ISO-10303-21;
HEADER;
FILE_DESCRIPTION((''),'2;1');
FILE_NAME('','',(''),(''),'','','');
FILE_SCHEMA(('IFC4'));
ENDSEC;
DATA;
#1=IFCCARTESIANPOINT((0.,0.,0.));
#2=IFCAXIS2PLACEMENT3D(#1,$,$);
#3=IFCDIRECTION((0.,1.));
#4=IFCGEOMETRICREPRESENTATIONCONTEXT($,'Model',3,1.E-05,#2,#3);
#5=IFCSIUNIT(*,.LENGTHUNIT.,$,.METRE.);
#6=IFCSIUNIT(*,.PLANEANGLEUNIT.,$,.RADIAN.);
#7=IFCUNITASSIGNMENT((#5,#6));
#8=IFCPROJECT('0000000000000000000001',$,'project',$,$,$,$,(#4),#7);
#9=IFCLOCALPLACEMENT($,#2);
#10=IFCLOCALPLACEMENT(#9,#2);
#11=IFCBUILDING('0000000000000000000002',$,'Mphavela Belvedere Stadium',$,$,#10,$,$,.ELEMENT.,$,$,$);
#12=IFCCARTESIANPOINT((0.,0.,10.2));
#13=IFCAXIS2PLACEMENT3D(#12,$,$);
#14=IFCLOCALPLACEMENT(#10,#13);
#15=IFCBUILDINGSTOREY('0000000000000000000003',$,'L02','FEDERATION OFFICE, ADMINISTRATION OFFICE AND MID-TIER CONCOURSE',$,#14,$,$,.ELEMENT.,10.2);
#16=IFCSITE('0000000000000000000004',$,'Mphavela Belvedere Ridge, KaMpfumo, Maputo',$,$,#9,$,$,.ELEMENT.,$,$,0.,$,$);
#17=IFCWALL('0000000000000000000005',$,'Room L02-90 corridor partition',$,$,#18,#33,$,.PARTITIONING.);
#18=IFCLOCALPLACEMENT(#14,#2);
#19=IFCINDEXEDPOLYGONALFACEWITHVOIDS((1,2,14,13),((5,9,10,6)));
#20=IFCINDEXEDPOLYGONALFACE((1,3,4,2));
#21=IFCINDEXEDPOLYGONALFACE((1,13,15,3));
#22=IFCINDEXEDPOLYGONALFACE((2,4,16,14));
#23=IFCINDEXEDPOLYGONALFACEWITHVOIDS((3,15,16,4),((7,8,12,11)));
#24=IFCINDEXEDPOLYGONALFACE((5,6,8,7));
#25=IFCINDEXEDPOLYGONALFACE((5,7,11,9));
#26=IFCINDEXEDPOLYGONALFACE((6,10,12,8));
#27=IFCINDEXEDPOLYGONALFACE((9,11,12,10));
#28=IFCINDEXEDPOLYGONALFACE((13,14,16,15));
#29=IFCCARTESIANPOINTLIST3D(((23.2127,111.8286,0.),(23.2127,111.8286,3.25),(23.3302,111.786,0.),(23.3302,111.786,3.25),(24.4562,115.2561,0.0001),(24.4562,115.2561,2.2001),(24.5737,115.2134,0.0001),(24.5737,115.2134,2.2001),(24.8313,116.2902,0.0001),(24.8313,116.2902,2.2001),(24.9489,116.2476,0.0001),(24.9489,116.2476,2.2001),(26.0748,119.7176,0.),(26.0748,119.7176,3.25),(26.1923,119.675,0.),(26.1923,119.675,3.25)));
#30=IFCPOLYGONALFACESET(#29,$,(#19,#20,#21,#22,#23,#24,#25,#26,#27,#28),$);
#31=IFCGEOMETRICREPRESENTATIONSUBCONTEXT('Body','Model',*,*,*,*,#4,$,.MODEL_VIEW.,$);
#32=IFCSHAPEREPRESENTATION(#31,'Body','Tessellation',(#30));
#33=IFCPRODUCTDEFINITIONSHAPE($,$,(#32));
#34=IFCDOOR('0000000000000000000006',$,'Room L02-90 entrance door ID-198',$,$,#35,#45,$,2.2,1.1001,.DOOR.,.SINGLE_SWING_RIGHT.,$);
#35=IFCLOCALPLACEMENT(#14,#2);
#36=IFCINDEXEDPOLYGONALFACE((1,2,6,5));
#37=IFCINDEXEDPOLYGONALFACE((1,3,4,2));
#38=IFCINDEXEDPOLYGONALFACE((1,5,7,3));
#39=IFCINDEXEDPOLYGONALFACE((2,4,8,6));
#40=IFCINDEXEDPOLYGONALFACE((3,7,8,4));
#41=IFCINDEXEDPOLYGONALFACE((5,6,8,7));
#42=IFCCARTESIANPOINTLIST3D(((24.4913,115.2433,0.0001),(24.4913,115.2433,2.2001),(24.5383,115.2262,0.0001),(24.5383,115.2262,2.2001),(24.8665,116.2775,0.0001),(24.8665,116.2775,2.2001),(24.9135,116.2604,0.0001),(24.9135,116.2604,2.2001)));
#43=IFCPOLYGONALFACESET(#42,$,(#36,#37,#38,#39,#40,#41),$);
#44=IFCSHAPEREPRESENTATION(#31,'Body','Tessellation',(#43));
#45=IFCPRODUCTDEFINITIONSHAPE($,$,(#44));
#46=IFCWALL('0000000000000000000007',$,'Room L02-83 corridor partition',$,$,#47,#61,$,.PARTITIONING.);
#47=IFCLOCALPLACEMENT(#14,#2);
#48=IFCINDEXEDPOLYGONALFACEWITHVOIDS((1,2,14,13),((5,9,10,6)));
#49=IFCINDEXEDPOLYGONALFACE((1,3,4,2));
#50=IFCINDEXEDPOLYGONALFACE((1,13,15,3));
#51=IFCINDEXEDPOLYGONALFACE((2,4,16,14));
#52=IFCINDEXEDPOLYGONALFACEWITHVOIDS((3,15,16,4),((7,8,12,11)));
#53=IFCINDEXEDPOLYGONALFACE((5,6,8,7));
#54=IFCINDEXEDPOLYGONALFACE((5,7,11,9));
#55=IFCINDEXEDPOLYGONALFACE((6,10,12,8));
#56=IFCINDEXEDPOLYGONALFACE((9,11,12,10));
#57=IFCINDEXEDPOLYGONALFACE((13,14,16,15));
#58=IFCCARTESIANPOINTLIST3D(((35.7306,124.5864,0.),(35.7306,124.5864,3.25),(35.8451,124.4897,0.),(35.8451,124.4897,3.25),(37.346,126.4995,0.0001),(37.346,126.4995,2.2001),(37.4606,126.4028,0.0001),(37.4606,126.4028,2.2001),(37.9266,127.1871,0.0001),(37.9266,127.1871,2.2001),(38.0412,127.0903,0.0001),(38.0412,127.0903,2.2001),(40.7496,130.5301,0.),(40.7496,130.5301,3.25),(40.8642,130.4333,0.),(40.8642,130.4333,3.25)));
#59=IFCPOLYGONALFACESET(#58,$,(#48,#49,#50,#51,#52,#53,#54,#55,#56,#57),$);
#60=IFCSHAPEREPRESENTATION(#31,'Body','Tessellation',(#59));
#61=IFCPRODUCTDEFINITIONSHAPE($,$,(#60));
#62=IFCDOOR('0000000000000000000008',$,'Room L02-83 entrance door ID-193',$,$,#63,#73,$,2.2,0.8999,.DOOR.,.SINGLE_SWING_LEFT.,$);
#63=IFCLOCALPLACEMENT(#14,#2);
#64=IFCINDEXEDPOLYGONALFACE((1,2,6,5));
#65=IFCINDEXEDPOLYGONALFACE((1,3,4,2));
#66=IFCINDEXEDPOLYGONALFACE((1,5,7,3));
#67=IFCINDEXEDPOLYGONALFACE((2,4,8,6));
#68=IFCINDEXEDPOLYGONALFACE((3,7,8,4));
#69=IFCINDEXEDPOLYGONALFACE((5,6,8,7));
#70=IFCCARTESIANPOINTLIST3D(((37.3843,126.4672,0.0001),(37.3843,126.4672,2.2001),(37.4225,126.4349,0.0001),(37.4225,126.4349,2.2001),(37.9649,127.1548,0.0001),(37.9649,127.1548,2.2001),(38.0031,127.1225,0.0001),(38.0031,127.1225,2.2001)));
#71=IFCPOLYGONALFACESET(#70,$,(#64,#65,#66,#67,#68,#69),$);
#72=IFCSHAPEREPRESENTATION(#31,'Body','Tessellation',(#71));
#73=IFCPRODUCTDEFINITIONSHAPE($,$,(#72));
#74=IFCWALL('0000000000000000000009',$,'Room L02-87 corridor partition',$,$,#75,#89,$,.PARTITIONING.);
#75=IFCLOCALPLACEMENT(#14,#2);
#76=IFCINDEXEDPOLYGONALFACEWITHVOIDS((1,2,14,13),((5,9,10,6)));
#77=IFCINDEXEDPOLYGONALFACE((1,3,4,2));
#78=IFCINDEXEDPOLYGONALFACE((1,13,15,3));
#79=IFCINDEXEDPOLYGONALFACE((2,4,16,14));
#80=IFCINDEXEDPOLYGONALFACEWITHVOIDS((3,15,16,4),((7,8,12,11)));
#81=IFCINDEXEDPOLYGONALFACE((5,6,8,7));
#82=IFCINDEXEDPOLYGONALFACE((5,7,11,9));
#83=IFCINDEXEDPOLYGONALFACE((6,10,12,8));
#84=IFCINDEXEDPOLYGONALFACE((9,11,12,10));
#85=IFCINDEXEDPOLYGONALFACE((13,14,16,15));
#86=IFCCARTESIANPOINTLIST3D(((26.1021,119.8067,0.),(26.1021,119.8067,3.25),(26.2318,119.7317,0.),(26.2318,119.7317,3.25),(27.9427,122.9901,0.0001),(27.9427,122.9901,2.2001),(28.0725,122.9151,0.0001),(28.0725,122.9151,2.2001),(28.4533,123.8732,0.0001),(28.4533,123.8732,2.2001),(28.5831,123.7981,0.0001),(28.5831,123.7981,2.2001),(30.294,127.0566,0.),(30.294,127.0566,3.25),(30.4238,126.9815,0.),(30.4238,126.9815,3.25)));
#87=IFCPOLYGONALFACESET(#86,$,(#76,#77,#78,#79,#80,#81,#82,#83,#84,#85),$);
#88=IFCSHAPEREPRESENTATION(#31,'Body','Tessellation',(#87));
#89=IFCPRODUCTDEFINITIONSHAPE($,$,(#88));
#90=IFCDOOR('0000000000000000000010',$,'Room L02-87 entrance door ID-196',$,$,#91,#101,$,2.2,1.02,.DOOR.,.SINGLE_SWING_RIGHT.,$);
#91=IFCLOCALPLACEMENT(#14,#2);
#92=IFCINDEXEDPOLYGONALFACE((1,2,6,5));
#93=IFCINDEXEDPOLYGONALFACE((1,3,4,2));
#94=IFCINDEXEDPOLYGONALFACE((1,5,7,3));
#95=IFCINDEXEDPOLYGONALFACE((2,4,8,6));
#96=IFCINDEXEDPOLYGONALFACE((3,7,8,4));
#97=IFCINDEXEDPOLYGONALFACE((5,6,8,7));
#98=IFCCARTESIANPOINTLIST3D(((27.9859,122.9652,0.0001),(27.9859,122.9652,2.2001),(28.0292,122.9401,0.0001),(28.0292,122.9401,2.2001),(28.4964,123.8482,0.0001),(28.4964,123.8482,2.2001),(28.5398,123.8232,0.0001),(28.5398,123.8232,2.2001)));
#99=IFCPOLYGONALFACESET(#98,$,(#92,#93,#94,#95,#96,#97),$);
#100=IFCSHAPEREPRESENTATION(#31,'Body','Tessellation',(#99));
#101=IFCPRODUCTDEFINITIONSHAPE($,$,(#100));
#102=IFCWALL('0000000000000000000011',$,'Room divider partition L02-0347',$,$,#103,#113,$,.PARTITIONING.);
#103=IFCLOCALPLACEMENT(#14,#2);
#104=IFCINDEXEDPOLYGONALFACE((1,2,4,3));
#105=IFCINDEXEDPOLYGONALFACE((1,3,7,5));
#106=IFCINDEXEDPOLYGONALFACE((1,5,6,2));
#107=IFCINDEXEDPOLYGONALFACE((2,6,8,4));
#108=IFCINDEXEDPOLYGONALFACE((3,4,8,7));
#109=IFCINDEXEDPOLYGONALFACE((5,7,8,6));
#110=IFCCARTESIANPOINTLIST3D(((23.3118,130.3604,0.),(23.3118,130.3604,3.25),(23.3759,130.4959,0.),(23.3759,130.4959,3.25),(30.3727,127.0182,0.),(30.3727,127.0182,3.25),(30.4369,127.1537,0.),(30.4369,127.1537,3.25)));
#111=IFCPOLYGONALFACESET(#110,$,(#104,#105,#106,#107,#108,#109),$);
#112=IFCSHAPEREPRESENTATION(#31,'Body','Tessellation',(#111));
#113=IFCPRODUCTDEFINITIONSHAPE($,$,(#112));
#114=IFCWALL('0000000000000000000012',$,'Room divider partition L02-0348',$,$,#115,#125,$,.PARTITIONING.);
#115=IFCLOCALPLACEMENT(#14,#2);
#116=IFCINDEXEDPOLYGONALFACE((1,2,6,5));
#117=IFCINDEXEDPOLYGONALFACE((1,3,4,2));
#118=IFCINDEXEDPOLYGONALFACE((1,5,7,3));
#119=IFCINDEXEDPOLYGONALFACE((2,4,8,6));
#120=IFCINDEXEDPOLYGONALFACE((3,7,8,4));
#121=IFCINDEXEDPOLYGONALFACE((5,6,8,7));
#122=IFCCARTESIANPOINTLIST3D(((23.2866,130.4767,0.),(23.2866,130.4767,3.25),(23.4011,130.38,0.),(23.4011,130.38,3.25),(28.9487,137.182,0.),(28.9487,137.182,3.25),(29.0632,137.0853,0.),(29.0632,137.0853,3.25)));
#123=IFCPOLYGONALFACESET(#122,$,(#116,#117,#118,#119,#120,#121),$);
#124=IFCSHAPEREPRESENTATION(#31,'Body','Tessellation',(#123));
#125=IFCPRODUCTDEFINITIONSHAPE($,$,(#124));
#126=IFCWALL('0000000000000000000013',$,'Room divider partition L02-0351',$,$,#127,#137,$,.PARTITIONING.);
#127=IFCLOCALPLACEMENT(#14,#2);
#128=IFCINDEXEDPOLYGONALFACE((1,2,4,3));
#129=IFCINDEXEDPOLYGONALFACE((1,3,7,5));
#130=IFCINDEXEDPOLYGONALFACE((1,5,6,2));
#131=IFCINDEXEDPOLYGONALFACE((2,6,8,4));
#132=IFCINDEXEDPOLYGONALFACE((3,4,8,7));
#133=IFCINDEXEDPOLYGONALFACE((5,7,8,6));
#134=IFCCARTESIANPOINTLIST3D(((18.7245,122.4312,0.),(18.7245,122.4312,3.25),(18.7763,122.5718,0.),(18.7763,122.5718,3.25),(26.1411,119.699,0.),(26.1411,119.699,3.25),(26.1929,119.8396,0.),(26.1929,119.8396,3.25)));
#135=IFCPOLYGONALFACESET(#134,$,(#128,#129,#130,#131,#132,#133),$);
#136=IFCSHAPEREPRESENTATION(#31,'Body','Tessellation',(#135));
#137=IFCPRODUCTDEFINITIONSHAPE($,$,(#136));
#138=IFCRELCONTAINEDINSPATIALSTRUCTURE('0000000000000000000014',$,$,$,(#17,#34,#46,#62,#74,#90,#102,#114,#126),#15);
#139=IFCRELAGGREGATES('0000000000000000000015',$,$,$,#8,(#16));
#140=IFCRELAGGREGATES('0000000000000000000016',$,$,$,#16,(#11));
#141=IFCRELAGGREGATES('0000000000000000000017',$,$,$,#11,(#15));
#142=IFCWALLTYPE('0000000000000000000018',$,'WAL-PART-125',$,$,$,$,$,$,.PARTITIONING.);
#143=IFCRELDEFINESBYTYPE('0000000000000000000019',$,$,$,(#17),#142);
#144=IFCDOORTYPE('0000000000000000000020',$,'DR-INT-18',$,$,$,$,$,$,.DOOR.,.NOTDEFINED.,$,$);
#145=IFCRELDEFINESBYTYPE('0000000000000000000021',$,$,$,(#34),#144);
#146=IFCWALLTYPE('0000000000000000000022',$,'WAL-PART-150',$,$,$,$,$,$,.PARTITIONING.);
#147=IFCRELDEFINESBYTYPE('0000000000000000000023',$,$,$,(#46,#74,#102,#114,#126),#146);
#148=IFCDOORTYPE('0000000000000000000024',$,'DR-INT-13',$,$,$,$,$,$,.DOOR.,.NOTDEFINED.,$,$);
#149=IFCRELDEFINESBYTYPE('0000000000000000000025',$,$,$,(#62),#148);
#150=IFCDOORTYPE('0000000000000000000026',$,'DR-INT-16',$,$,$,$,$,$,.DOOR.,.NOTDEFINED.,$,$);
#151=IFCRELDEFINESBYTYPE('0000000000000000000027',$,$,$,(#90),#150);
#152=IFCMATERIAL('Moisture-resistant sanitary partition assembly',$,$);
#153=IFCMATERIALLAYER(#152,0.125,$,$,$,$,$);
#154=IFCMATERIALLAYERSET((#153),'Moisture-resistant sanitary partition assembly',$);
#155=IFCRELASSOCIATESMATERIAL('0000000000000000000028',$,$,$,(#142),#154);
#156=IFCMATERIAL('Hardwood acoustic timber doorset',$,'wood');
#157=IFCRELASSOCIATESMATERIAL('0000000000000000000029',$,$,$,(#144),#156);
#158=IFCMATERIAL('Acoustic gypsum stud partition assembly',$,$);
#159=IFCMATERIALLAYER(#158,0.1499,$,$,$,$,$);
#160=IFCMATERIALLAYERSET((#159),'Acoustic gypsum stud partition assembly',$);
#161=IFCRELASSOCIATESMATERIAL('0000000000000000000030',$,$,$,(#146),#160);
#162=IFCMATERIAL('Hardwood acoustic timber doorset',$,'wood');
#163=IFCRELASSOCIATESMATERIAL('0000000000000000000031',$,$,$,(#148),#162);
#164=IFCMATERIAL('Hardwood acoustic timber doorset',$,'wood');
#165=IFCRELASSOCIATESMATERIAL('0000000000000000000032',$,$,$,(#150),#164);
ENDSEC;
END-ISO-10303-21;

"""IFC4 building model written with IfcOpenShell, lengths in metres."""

from ifc_helpers import new_model, si_unit, direction, frame, frame_2d, origin, place, context, subcontext, project, spatial, rectangle, extrude, material, layer, layer_set, type_object, element, fill, save


model = new_model("IFC4")

# Units and contexts
model_context = context("Model", 3, precision=1e-05, world=origin(), true_north=direction((0.0, 1.0)))
body_context = subcontext(model_context, "Body", "Model", "MODEL_VIEW")
ifc_project = project(units=[si_unit("LENGTHUNIT", "METRE"), si_unit("PLANEANGLEUNIT", "RADIAN")], contexts=[model_context])

# Site, building, storey
site_placement = place(None, origin())
site = spatial("IfcSite", under=ifc_project, at=site_placement, Name="Mphavela Belvedere Ridge, KaMpfumo, Maputo", CompositionType="ELEMENT", RefElevation=0.0)
building_placement = place(site_placement, origin())
building = spatial("IfcBuilding", under=site, at=building_placement, Name="Mphavela Belvedere Stadium", CompositionType="ELEMENT")
storey_placement = place(building_placement, frame((0.0, 0.0, 10.2)))
storey = spatial("IfcBuildingStorey", under=building, at=storey_placement, Name="L02", Description="FEDERATION OFFICE, ADMINISTRATION OFFICE AND MID-TIER CONCOURSE", CompositionType="ELEMENT", Elevation=10.2)

# Walls, openings, doors
ifc_material_1 = material(Name="Moisture-resistant sanitary partition assembly")
ifc_layer_1 = layer(ifc_material_1, 0.125)
ifc_layer_set_1 = layer_set([ifc_layer_1], Name="Moisture-resistant sanitary partition assembly")
wall_type_1 = type_object("IfcWallType", Name="WAL-PART-125", PredefinedType="PARTITIONING", material=ifc_layer_set_1)
wall_1_placement = place(storey_placement, frame((26.1335, 119.6963, 0.0), z_axis=(0.0, 0.0, 1.0), x_axis=(-0.341045, -0.940047, 0.0)))
wall_1 = element("IfcWall", 1, at=wall_1_placement, inside=storey, type_object=wall_type_1, Name="Room L02-90 corridor partition", PredefinedType="PARTITIONING", context=body_context, shape_type="SweptSolid", body=[
    extrude(rectangle(XDim=8.3921, YDim=0.125, at=frame_2d((4.196, 0.0))), origin(), (0.0, 0.0, 1.0), 3.25),
])
opening_1_placement = place(wall_1_placement, frame((3.646, 0.0, 0.0)))
opening_1 = element("IfcOpeningElement", 2, at=opening_1_placement, cuts=wall_1, PredefinedType="OPENING", context=body_context, shape_type="SweptSolid", body=[
    extrude(rectangle(XDim=1.1001, YDim=2.2, at=frame_2d((0.55, 1.1001))), frame((0.0, 0.0725, 0.0), z_axis=(0.0, -1.0, 0.0), x_axis=(1.0, 0.0, 0.0)), (0.0, 0.0, 1.0), 0.145),
])
ifc_material_2 = material(Name="Hardwood acoustic timber doorset", Category="wood")
door_type_1 = type_object("IfcDoorType", Name="DR-INT-18", OperationType="NOTDEFINED", PredefinedType="DOOR", material=ifc_material_2)
door_1_placement = place(opening_1_placement, origin())
door_1 = element("IfcDoor", 3, at=door_1_placement, inside=storey, type_object=door_type_1, Name="Room L02-90 entrance door ID-198", OperationType="SINGLE_SWING_RIGHT", OverallHeight=2.2, OverallWidth=1.1001, PredefinedType="DOOR", context=body_context, shape_type="SweptSolid", body=[
    extrude(rectangle(XDim=1.1001, YDim=2.2, at=frame_2d((0.55, 1.1001))), frame((0.0, 0.0249, 0.0), z_axis=(0.0, -1.0, 0.0), x_axis=(1.0, 0.0, 0.0)), (0.0, 0.0, 1.0), 0.05),
])
fill(opening_1, door_1)
ifc_material_3 = material(Name="Acoustic gypsum stud partition assembly")
ifc_layer_2 = layer(ifc_material_3, 0.1499)
ifc_layer_set_2 = layer_set([ifc_layer_2], Name="Acoustic gypsum stud partition assembly")
wall_type_2 = type_object("IfcWallType", Name="WAL-PART-150", PredefinedType="PARTITIONING", material=ifc_layer_set_2)
wall_2_placement = place(storey_placement, frame((35.7878, 124.5381, 0.0), z_axis=(0.0, 0.0, 1.0), x_axis=(0.645181, 0.76403, 0.0)))
wall_2 = element("IfcWall", 4, at=wall_2_placement, inside=storey, type_object=wall_type_2, Name="Room L02-83 corridor partition", PredefinedType="PARTITIONING", context=body_context, shape_type="SweptSolid", body=[
    extrude(rectangle(XDim=7.7793, YDim=0.1499, at=frame_2d((3.8896, 0.0))), origin(), (0.0, 0.0, 1.0), 3.25),
])
opening_2_placement = place(wall_2_placement, frame((2.5039, 0.0, 0.0)))
opening_2 = element("IfcOpeningElement", 5, at=opening_2_placement, cuts=wall_2, PredefinedType="OPENING", context=body_context, shape_type="SweptSolid", body=[
    extrude(rectangle(XDim=0.8999, YDim=2.2, at=frame_2d((0.45, 1.1001))), frame((0.0, 0.085, 0.0), z_axis=(0.0, -1.0, 0.0), x_axis=(1.0, 0.0, 0.0)), (0.0, 0.0, 1.0), 0.1699),
])
ifc_material_4 = material(Name="Hardwood acoustic timber doorset", Category="wood")
door_type_2 = type_object("IfcDoorType", Name="DR-INT-13", OperationType="NOTDEFINED", PredefinedType="DOOR", material=ifc_material_4)
door_2_placement = place(opening_2_placement, origin())
door_2 = element("IfcDoor", 6, at=door_2_placement, inside=storey, type_object=door_type_2, Name="Room L02-83 entrance door ID-193", OperationType="SINGLE_SWING_LEFT", OverallHeight=2.2, OverallWidth=0.8999, PredefinedType="DOOR", context=body_context, shape_type="SweptSolid", body=[
    extrude(rectangle(XDim=0.8999, YDim=2.2, at=frame_2d((0.45, 1.1001))), frame((0.0, 0.0249, 0.0), z_axis=(0.0, -1.0, 0.0), x_axis=(1.0, 0.0, 0.0)), (0.0, 0.0, 1.0), 0.05),
])
fill(opening_2, door_2)
wall_3_placement = place(storey_placement, frame((30.3589, 127.019, 0.0), z_axis=(0.0, 0.0, 1.0), x_axis=(-0.500559, -0.865702, 0.0)))
wall_3 = element("IfcWall", 7, at=wall_3_placement, inside=storey, type_object=wall_type_2, Name="Room L02-87 corridor partition", PredefinedType="PARTITIONING", context=body_context, shape_type="SweptSolid", body=[
    extrude(rectangle(XDim=8.3745, YDim=0.1499, at=frame_2d((4.1873, 0.0))), origin(), (0.0, 0.0, 1.0), 3.25),
])
opening_3_placement = place(wall_3_placement, frame((3.6772, 0.0, 0.0)))
opening_3 = element("IfcOpeningElement", 8, at=opening_3_placement, cuts=wall_3, PredefinedType="OPENING", context=body_context, shape_type="SweptSolid", body=[
    extrude(rectangle(XDim=1.02, YDim=2.2, at=frame_2d((0.51, 1.1001))), frame((0.0, 0.085, 0.0), z_axis=(0.0, -1.0, 0.0), x_axis=(1.0, 0.0, 0.0)), (0.0, 0.0, 1.0), 0.1699),
])
ifc_material_5 = material(Name="Hardwood acoustic timber doorset", Category="wood")
door_type_3 = type_object("IfcDoorType", Name="DR-INT-16", OperationType="NOTDEFINED", PredefinedType="DOOR", material=ifc_material_5)
door_3_placement = place(opening_3_placement, origin())
door_3 = element("IfcDoor", 9, at=door_3_placement, inside=storey, type_object=door_type_3, Name="Room L02-87 entrance door ID-196", OperationType="SINGLE_SWING_RIGHT", OverallHeight=2.2, OverallWidth=1.02, PredefinedType="DOOR", context=body_context, shape_type="SweptSolid", body=[
    extrude(rectangle(XDim=1.02, YDim=2.2, at=frame_2d((0.51, 1.1001))), frame((0.0, 0.0249, 0.0), z_axis=(0.0, -1.0, 0.0), x_axis=(1.0, 0.0, 0.0)), (0.0, 0.0, 1.0), 0.05),
])
fill(opening_3, door_3)

# Walls
wall_4_placement = place(storey_placement, frame((30.4048, 127.0859, 0.0), z_axis=(0.0, 0.0, 1.0), x_axis=(-0.903857, 0.427834, 0.0)))
element("IfcWall", 10, at=wall_4_placement, inside=storey, type_object=wall_type_2, Name="Room divider partition L02-0347", PredefinedType="PARTITIONING", context=body_context, shape_type="SweptSolid", body=[
    extrude(rectangle(XDim=7.812, YDim=0.1499, at=frame_2d((3.906, 0.0))), origin(), (0.0, 0.0, 1.0), 3.25),
])
wall_5_placement = place(storey_placement, frame((23.3438, 130.4282, 0.0), z_axis=(0.0, 0.0, 1.0), x_axis=(0.64517, 0.764039, 0.0)))
element("IfcWall", 11, at=wall_5_placement, inside=storey, type_object=wall_type_2, Name="Room divider partition L02-0348", PredefinedType="PARTITIONING", context=body_context, shape_type="SweptSolid", body=[
    extrude(rectangle(XDim=8.7761, YDim=0.1499, at=frame_2d((4.3882, 0.0))), origin(), (0.0, 0.0, 1.0), 3.25),
])
wall_6_placement = place(storey_placement, frame((26.167, 119.7693, 0.0), z_axis=(0.0, 0.0, 1.0), x_axis=(-0.938352, 0.345681, 0.0)))
element("IfcWall", 12, at=wall_6_placement, inside=storey, type_object=wall_type_2, Name="Room divider partition L02-0351", PredefinedType="PARTITIONING", context=body_context, shape_type="SweptSolid", body=[
    extrude(rectangle(XDim=7.9038, YDim=0.1499, at=frame_2d((3.9519, 0.0))), origin(), (0.0, 0.0, 1.0), 3.25),
])

save(model, "model.ifc")
